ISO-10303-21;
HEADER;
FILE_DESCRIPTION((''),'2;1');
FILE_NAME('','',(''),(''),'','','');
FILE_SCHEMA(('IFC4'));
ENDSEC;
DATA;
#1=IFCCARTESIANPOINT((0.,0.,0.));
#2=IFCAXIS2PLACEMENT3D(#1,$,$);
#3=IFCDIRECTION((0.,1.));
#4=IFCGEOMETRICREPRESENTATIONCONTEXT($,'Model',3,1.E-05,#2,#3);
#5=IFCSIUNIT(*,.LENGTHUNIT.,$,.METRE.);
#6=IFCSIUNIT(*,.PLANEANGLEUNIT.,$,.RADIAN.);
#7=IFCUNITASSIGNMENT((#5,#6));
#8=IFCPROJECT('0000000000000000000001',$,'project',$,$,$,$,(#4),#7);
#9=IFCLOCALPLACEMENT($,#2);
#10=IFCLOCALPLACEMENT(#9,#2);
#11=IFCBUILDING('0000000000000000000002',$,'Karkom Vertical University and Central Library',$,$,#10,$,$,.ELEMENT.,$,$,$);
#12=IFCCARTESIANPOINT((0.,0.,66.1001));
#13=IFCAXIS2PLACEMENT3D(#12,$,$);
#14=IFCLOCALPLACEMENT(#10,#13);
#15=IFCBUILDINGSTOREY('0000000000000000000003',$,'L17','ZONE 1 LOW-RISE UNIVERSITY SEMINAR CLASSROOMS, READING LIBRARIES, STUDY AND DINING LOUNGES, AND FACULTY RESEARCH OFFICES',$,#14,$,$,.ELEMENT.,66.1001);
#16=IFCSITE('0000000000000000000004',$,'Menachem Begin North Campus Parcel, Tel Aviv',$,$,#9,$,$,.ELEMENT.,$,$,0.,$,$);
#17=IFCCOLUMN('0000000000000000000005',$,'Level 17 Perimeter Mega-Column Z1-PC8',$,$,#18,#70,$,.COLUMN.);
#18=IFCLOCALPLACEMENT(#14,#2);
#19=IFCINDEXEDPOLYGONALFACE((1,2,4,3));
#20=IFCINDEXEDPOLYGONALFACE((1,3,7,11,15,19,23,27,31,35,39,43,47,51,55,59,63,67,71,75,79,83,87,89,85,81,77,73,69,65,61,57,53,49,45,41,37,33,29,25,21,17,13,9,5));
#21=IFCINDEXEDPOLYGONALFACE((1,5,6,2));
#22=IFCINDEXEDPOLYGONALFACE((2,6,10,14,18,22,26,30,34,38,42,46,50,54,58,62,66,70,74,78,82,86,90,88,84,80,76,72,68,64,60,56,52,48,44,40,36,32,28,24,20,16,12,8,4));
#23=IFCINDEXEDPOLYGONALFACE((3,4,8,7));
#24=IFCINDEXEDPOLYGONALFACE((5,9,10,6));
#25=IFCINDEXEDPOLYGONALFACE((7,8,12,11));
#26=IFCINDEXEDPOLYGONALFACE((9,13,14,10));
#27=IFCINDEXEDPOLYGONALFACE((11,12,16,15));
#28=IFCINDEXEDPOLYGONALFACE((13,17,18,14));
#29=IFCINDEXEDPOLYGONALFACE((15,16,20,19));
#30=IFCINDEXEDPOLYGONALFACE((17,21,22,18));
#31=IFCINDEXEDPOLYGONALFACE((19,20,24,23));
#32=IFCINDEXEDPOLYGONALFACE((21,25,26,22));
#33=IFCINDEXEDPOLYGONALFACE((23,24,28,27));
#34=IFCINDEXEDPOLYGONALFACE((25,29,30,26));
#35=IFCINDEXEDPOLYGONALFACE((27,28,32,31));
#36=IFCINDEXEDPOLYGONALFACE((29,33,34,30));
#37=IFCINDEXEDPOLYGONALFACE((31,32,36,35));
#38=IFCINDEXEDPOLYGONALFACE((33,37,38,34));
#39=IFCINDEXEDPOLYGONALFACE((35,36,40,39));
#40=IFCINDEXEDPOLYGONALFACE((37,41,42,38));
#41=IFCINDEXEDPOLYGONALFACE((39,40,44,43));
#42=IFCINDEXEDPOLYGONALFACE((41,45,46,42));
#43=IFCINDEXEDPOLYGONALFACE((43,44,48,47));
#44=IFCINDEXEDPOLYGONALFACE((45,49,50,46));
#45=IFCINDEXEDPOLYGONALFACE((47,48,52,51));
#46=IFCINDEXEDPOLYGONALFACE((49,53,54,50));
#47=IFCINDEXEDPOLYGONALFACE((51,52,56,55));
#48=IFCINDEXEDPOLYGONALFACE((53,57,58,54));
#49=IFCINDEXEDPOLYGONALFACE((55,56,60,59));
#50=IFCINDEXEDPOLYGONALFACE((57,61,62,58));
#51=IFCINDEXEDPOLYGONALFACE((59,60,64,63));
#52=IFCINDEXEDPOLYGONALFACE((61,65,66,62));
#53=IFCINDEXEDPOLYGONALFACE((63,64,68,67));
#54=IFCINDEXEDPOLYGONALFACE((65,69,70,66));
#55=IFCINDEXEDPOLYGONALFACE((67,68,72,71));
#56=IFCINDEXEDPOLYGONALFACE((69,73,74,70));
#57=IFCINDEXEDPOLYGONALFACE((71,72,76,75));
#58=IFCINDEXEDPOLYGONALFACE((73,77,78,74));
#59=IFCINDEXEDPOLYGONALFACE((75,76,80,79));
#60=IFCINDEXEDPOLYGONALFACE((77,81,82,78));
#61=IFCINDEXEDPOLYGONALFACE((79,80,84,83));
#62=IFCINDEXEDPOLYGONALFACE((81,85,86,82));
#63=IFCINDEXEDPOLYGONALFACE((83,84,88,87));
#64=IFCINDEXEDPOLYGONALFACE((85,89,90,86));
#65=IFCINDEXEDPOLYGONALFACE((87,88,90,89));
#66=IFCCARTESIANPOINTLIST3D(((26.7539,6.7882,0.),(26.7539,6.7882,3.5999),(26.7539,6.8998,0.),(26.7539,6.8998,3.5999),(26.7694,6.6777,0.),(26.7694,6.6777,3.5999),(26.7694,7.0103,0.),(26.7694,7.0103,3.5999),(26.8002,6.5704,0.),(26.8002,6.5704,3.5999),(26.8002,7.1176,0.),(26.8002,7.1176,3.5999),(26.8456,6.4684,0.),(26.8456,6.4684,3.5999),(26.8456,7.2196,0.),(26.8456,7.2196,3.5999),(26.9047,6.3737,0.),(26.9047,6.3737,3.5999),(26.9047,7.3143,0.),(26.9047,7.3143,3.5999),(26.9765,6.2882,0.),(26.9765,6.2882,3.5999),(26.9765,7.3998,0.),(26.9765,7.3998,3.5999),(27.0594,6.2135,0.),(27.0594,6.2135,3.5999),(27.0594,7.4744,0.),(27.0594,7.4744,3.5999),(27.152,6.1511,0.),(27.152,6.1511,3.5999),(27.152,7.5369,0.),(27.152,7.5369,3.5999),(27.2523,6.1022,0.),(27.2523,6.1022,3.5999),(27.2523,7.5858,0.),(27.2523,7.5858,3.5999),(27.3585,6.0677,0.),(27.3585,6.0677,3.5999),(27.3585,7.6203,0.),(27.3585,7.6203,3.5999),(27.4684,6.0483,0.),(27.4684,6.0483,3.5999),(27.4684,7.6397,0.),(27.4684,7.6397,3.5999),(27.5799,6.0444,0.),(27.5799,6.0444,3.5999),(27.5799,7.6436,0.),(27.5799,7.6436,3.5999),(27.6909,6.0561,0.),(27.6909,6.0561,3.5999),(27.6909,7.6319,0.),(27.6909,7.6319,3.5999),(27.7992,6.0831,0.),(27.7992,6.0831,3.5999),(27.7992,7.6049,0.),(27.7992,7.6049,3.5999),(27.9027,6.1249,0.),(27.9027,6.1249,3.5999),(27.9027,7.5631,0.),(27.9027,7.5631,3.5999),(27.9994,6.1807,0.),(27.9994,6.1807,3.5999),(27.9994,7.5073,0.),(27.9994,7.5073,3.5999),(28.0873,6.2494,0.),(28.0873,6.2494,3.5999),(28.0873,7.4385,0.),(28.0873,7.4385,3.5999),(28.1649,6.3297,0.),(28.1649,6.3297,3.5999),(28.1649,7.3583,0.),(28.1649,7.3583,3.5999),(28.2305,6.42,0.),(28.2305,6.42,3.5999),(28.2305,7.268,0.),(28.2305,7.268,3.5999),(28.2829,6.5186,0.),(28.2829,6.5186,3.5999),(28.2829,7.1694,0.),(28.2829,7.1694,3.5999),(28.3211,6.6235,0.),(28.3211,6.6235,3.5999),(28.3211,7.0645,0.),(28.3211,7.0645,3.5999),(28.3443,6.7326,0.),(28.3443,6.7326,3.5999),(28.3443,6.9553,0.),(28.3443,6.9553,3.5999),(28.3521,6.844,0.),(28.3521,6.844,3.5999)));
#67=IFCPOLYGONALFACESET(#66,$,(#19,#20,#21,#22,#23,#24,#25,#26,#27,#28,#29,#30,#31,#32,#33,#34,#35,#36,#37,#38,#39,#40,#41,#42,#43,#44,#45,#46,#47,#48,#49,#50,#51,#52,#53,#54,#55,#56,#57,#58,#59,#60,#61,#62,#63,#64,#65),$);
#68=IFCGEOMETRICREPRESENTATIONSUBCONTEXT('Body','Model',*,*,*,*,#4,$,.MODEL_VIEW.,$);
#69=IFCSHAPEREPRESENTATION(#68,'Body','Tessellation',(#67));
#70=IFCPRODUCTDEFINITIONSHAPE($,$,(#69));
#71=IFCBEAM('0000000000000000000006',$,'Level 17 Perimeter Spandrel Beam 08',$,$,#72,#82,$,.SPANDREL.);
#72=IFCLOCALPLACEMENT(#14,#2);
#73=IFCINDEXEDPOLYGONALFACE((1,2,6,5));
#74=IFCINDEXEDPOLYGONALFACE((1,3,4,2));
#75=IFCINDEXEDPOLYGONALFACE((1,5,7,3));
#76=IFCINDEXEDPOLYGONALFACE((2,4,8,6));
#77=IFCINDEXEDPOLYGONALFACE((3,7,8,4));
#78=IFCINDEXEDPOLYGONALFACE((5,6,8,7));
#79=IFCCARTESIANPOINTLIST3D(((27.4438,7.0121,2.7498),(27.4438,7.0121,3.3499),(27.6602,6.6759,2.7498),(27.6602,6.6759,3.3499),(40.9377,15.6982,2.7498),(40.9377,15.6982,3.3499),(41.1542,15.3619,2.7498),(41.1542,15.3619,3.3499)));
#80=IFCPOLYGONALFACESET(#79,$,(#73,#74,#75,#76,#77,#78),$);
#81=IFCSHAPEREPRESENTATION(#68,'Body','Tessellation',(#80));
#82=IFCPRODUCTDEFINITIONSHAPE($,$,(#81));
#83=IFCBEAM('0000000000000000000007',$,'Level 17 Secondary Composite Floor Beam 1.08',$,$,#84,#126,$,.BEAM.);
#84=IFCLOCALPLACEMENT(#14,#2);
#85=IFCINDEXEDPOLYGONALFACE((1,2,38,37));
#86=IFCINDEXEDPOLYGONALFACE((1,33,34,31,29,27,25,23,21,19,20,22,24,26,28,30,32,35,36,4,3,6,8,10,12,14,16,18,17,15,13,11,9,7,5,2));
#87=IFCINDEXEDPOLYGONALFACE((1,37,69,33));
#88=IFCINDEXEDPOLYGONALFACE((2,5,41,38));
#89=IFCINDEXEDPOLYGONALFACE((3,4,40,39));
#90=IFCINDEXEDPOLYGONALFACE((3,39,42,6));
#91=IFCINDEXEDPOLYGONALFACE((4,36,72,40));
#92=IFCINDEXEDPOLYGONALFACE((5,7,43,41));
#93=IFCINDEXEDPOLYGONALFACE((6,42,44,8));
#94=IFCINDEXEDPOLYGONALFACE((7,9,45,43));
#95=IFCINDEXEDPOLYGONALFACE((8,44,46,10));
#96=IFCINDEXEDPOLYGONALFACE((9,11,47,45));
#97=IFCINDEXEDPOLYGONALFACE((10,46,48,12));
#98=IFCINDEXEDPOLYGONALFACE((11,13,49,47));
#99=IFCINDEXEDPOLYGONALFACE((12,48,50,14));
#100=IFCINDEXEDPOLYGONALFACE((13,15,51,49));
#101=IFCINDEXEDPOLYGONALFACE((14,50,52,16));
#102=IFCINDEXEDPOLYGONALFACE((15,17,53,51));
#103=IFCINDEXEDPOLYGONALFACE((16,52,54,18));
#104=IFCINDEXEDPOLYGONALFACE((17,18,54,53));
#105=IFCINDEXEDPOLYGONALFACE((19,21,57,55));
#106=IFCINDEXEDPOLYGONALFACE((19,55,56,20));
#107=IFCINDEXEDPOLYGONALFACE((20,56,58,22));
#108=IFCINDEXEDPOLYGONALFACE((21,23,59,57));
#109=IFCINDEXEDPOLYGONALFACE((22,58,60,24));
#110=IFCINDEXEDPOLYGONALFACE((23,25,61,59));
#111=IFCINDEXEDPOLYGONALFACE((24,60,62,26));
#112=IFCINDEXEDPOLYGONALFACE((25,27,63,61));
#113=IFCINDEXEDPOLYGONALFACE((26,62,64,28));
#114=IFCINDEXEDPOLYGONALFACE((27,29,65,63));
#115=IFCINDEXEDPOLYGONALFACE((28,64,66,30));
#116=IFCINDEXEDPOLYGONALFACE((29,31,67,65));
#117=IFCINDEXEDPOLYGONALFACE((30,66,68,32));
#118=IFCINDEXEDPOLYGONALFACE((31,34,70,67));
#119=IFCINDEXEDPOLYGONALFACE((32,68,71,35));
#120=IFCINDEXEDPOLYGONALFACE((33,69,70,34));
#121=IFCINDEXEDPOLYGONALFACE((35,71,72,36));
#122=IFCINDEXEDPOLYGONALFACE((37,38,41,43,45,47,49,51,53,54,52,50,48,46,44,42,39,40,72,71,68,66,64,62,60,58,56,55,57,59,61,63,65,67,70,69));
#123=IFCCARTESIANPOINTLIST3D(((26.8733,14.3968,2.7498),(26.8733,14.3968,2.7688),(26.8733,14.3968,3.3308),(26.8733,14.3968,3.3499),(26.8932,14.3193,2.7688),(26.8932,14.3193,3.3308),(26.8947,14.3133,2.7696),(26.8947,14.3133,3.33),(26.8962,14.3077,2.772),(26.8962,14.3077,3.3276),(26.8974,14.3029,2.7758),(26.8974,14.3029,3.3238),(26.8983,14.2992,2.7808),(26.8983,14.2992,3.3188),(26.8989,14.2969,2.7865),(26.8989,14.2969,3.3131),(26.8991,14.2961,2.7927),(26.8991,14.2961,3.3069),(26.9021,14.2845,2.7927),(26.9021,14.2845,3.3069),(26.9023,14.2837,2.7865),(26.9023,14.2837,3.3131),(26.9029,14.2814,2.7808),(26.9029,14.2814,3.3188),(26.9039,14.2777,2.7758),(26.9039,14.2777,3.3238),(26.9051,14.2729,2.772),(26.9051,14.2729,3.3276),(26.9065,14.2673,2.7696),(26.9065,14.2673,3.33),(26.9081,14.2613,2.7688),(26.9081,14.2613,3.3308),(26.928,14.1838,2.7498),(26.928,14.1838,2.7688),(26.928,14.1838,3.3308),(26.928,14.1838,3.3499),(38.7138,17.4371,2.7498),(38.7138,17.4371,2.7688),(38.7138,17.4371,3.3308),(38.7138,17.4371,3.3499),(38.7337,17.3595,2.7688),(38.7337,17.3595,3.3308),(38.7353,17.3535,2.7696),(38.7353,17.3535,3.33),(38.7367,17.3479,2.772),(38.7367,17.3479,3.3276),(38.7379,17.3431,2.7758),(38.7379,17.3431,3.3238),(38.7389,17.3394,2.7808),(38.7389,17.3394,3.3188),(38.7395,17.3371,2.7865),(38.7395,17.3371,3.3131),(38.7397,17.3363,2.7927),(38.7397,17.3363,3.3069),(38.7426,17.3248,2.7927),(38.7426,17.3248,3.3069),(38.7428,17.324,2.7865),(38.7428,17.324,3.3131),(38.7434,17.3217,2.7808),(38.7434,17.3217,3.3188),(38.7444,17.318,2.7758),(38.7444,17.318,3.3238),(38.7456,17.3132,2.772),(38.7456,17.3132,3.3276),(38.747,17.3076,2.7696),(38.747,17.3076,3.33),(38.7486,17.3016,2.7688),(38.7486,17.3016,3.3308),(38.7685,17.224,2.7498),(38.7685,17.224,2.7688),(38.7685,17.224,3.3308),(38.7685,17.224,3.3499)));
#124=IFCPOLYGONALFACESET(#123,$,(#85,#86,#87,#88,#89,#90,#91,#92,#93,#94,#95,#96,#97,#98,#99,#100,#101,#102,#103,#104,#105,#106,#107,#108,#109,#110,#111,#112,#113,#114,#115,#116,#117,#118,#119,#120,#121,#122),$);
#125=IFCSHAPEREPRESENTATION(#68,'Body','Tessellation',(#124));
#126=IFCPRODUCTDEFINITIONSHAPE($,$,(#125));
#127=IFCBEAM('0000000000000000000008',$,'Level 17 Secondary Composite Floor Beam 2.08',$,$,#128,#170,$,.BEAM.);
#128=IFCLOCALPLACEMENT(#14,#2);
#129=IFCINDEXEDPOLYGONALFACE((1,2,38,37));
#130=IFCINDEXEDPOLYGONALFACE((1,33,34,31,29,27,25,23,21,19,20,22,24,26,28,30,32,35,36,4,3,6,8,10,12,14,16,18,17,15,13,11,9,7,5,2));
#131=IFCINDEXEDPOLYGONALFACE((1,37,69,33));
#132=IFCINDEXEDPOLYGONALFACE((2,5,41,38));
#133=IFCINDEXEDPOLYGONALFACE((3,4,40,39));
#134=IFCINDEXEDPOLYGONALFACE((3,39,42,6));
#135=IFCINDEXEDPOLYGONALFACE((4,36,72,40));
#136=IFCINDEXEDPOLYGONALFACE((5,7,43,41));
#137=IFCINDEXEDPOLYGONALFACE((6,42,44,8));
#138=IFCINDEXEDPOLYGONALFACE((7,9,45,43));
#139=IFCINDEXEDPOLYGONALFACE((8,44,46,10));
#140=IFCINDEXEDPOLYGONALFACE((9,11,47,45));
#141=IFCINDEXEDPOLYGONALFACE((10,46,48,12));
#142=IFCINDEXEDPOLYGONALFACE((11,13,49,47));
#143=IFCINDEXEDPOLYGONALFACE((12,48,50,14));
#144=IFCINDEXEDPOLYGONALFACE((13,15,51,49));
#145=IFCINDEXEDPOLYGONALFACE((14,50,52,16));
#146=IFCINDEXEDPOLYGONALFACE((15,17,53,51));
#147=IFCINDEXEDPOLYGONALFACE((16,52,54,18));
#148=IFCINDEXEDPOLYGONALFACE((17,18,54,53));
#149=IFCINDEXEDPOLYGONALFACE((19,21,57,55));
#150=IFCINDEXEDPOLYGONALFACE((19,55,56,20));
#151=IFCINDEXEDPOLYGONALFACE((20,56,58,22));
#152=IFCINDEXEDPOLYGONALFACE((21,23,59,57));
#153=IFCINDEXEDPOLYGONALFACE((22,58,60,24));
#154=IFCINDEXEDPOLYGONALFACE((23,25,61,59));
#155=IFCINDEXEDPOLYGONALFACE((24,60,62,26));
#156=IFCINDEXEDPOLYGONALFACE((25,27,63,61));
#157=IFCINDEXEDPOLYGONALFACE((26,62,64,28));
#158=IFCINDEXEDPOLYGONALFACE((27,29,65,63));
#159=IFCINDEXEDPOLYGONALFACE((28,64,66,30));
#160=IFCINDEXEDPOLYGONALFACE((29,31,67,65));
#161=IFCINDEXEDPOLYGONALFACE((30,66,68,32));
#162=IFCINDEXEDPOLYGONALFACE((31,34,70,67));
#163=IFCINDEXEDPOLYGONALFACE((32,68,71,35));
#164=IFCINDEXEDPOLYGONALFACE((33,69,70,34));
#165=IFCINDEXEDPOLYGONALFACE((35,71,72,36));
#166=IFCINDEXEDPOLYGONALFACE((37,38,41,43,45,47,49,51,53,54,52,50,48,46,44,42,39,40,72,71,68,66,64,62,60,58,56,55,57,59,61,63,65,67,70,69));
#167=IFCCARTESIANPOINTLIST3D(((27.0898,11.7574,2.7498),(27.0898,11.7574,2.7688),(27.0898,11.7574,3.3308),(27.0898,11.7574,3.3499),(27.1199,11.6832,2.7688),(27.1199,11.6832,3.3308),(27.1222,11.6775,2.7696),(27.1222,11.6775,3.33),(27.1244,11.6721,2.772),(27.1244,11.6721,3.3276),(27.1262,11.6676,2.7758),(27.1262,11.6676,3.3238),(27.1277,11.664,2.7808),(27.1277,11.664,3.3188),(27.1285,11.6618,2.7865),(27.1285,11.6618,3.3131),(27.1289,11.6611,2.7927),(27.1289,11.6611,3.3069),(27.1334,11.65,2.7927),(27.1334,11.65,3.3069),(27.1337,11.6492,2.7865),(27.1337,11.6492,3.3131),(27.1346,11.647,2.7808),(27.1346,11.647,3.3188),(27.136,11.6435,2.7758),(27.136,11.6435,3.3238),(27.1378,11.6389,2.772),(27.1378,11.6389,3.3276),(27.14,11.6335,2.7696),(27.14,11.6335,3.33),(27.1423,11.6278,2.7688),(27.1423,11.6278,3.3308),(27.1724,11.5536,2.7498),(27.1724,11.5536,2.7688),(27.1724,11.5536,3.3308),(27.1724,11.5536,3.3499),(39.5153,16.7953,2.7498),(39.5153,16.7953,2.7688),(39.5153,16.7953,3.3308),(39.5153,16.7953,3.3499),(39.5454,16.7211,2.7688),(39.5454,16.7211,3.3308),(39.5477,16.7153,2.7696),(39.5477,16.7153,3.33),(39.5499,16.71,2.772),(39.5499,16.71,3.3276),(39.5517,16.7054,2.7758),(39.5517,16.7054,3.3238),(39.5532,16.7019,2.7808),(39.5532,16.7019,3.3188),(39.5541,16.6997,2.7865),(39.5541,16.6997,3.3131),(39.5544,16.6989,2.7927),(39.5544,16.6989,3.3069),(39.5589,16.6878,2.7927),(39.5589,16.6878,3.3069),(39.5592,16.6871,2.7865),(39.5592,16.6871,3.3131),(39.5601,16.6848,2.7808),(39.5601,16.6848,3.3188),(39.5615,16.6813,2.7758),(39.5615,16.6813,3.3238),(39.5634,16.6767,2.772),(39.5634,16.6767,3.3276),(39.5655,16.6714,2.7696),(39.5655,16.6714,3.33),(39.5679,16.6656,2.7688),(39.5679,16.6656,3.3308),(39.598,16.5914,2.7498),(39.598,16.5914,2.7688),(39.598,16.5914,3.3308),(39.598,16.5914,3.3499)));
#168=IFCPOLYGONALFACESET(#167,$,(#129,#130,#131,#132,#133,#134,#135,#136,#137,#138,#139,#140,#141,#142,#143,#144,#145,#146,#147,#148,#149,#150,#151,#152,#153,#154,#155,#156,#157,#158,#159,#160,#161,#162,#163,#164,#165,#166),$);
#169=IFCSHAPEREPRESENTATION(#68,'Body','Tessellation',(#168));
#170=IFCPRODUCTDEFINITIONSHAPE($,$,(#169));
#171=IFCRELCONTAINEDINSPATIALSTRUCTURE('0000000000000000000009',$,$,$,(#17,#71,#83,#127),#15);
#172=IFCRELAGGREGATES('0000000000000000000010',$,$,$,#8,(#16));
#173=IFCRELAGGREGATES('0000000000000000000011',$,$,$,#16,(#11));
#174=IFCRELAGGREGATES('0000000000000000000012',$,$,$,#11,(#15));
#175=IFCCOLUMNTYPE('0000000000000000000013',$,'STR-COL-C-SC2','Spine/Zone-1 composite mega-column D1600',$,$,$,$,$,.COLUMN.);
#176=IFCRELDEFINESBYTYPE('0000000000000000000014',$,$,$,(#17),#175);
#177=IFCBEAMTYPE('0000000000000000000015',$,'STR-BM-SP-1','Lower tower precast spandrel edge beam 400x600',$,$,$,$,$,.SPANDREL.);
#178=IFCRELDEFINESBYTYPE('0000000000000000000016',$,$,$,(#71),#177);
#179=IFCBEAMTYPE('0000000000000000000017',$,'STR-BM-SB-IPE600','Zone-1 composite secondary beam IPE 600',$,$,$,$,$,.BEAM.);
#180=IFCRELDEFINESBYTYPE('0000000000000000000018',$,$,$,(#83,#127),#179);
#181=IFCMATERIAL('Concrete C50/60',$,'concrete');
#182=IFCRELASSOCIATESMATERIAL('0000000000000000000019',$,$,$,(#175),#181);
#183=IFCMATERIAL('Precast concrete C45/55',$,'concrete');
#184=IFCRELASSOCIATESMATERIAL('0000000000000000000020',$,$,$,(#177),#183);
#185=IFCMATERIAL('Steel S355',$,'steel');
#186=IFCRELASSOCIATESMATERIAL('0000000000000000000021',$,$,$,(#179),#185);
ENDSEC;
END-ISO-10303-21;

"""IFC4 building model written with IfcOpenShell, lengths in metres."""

from ifc_helpers import new_model, si_unit, direction, frame, origin, origin_with_axes, origin_2d, place, context, subcontext, project, spatial, rectangle, circle, i_section, extrude, source, transform, mapped, material, material_profile, profile_set, type_object, element, save


model = new_model("IFC4")

# Units and contexts
model_context = context("Model", 3, precision=1e-05, world=origin(), true_north=direction((0.0, 1.0)))
body_context = subcontext(model_context, "Body", "Model", "MODEL_VIEW")
ifc_project = project(units=[si_unit("LENGTHUNIT", "METRE"), si_unit("PLANEANGLEUNIT", "RADIAN")], contexts=[model_context])

# Site, building, storey
site_placement = place(None, origin())
site = spatial("IfcSite", under=ifc_project, at=site_placement, Name="Menachem Begin North Campus Parcel, Tel Aviv", CompositionType="ELEMENT", RefElevation=0.0)
building_placement = place(site_placement, origin())
building = spatial("IfcBuilding", under=site, at=building_placement, Name="Karkom Vertical University and Central Library", CompositionType="ELEMENT")
storey_placement = place(building_placement, frame((0.0, 0.0, 66.1001)))
storey = spatial("IfcBuildingStorey", under=building, at=storey_placement, Name="L17", Description="ZONE 1 LOW-RISE UNIVERSITY SEMINAR CLASSROOMS, READING LIBRARIES, STUDY AND DINING LOUNGES, AND FACULTY RESEARCH OFFICES", CompositionType="ELEMENT", Elevation=66.1001)

# Column
ifc_material_1 = material(Name="Concrete C50/60", Category="concrete")
ifc_material_profile_1 = material_profile(ifc_material_1, circle(Radius=0.8, at=origin_2d()), Name="CFT-D1600")
ifc_profile_set_1 = profile_set([ifc_material_profile_1], Name="Concrete C50/60")
column_type = type_object("IfcColumnType", Name="STR-COL-C-SC2", Description="Spine/Zone-1 composite mega-column D1600", PredefinedType="COLUMN", material=ifc_profile_set_1)
shared_shape_1 = source(origin_with_axes(), body_context, "Body", "SweptSolid", [
    extrude(circle(Radius=0.8, at=origin_2d()), origin(), (0.0, 0.0, 1.0), 3.5999),
])
column_placement = place(storey_placement, frame((27.552, 6.844, 0.0), z_axis=(0.0, 0.0, 1.0), x_axis=(1.0, 0.0, 0.0)))
element("IfcColumn", 1, at=column_placement, inside=storey, type_object=column_type, Name="Level 17 Perimeter Mega-Column Z1-PC8", PredefinedType="COLUMN", context=body_context, shape_type="MappedRepresentation", body=[
    mapped(shared_shape_1, transform((0.0, 0.0, 0.0), scale=1.0)),
])

# Beams
ifc_material_2 = material(Name="Precast concrete C45/55", Category="concrete")
ifc_material_profile_2 = material_profile(ifc_material_2, rectangle(XDim=0.3999, YDim=0.6001, at=origin_2d()), Name="SPB-400x600")
ifc_profile_set_2 = profile_set([ifc_material_profile_2], Name="Precast concrete C45/55")
beam_type_1 = type_object("IfcBeamType", Name="STR-BM-SP-1", Description="Lower tower precast spandrel edge beam 400x600", PredefinedType="SPANDREL", material=ifc_profile_set_2)
shared_shape_2 = source(origin_with_axes(), body_context, "Body", "SweptSolid", [
    extrude(rectangle(XDim=0.3999, YDim=0.6001, at=origin_2d()), origin(), (0.0, 0.0, 1.0), 16.0479),
])
beam_1_placement = place(storey_placement, frame((27.552, 6.844, 3.0498), z_axis=(0.840856, 0.54126, 0.0), x_axis=(-0.54126, 0.840856, 0.0)))
element("IfcBeam", 2, at=beam_1_placement, inside=storey, type_object=beam_type_1, Name="Level 17 Perimeter Spandrel Beam 08", PredefinedType="SPANDREL", context=body_context, shape_type="MappedRepresentation", body=[
    mapped(shared_shape_2, transform((0.0, 0.0, 0.0), scale=1.0)),
])
ifc_material_3 = material(Name="Steel S355", Category="steel")
ifc_material_profile_3 = material_profile(ifc_material_3, i_section(OverallWidth=0.22, OverallDepth=0.6001, WebThickness=0.012, FlangeThickness=0.019, FilletRadius=0.0239, at=origin_2d()), Name="IPE 600")
ifc_profile_set_3 = profile_set([ifc_material_profile_3], Name="Steel S355")
beam_type_2 = type_object("IfcBeamType", Name="STR-BM-SB-IPE600", Description="Zone-1 composite secondary beam IPE 600", PredefinedType="BEAM", material=ifc_profile_set_3)
shared_shape_3 = source(origin_with_axes(), body_context, "Body", "SweptSolid", [
    extrude(i_section(OverallWidth=0.22, OverallDepth=0.6001, WebThickness=0.012, FlangeThickness=0.019, FilletRadius=0.0239, at=origin_2d()), origin(), (0.0, 0.0, 1.0), 12.2246),
])
beam_2_placement = place(storey_placement, frame((26.9006, 14.2903, 3.0498), z_axis=(0.96858, 0.248701, 0.0), x_axis=(-0.248701, 0.96858, 0.0)))
element("IfcBeam", 3, at=beam_2_placement, inside=storey, type_object=beam_type_2, Name="Level 17 Secondary Composite Floor Beam 1.08", PredefinedType="BEAM", context=body_context, shape_type="MappedRepresentation", body=[
    mapped(shared_shape_3, transform((0.0, 0.0, 0.0), scale=1.0)),
])
shared_shape_4 = source(origin_with_axes(), body_context, "Body", "SweptSolid", [
    extrude(i_section(OverallWidth=0.22, OverallDepth=0.6001, WebThickness=0.012, FlangeThickness=0.019, FilletRadius=0.0239, at=origin_2d()), origin(), (0.0, 0.0, 1.0), 13.408),
])
beam_3_placement = place(storey_placement, frame((27.1311, 11.6555, 3.0498), z_axis=(0.926727, 0.375735, 0.0), x_axis=(-0.375735, 0.926727, 0.0)))
element("IfcBeam", 4, at=beam_3_placement, inside=storey, type_object=beam_type_2, Name="Level 17 Secondary Composite Floor Beam 2.08", PredefinedType="BEAM", context=body_context, shape_type="MappedRepresentation", body=[
    mapped(shared_shape_4, transform((0.0, 0.0, 0.0), scale=1.0)),
])

save(model, "model.ifc")
